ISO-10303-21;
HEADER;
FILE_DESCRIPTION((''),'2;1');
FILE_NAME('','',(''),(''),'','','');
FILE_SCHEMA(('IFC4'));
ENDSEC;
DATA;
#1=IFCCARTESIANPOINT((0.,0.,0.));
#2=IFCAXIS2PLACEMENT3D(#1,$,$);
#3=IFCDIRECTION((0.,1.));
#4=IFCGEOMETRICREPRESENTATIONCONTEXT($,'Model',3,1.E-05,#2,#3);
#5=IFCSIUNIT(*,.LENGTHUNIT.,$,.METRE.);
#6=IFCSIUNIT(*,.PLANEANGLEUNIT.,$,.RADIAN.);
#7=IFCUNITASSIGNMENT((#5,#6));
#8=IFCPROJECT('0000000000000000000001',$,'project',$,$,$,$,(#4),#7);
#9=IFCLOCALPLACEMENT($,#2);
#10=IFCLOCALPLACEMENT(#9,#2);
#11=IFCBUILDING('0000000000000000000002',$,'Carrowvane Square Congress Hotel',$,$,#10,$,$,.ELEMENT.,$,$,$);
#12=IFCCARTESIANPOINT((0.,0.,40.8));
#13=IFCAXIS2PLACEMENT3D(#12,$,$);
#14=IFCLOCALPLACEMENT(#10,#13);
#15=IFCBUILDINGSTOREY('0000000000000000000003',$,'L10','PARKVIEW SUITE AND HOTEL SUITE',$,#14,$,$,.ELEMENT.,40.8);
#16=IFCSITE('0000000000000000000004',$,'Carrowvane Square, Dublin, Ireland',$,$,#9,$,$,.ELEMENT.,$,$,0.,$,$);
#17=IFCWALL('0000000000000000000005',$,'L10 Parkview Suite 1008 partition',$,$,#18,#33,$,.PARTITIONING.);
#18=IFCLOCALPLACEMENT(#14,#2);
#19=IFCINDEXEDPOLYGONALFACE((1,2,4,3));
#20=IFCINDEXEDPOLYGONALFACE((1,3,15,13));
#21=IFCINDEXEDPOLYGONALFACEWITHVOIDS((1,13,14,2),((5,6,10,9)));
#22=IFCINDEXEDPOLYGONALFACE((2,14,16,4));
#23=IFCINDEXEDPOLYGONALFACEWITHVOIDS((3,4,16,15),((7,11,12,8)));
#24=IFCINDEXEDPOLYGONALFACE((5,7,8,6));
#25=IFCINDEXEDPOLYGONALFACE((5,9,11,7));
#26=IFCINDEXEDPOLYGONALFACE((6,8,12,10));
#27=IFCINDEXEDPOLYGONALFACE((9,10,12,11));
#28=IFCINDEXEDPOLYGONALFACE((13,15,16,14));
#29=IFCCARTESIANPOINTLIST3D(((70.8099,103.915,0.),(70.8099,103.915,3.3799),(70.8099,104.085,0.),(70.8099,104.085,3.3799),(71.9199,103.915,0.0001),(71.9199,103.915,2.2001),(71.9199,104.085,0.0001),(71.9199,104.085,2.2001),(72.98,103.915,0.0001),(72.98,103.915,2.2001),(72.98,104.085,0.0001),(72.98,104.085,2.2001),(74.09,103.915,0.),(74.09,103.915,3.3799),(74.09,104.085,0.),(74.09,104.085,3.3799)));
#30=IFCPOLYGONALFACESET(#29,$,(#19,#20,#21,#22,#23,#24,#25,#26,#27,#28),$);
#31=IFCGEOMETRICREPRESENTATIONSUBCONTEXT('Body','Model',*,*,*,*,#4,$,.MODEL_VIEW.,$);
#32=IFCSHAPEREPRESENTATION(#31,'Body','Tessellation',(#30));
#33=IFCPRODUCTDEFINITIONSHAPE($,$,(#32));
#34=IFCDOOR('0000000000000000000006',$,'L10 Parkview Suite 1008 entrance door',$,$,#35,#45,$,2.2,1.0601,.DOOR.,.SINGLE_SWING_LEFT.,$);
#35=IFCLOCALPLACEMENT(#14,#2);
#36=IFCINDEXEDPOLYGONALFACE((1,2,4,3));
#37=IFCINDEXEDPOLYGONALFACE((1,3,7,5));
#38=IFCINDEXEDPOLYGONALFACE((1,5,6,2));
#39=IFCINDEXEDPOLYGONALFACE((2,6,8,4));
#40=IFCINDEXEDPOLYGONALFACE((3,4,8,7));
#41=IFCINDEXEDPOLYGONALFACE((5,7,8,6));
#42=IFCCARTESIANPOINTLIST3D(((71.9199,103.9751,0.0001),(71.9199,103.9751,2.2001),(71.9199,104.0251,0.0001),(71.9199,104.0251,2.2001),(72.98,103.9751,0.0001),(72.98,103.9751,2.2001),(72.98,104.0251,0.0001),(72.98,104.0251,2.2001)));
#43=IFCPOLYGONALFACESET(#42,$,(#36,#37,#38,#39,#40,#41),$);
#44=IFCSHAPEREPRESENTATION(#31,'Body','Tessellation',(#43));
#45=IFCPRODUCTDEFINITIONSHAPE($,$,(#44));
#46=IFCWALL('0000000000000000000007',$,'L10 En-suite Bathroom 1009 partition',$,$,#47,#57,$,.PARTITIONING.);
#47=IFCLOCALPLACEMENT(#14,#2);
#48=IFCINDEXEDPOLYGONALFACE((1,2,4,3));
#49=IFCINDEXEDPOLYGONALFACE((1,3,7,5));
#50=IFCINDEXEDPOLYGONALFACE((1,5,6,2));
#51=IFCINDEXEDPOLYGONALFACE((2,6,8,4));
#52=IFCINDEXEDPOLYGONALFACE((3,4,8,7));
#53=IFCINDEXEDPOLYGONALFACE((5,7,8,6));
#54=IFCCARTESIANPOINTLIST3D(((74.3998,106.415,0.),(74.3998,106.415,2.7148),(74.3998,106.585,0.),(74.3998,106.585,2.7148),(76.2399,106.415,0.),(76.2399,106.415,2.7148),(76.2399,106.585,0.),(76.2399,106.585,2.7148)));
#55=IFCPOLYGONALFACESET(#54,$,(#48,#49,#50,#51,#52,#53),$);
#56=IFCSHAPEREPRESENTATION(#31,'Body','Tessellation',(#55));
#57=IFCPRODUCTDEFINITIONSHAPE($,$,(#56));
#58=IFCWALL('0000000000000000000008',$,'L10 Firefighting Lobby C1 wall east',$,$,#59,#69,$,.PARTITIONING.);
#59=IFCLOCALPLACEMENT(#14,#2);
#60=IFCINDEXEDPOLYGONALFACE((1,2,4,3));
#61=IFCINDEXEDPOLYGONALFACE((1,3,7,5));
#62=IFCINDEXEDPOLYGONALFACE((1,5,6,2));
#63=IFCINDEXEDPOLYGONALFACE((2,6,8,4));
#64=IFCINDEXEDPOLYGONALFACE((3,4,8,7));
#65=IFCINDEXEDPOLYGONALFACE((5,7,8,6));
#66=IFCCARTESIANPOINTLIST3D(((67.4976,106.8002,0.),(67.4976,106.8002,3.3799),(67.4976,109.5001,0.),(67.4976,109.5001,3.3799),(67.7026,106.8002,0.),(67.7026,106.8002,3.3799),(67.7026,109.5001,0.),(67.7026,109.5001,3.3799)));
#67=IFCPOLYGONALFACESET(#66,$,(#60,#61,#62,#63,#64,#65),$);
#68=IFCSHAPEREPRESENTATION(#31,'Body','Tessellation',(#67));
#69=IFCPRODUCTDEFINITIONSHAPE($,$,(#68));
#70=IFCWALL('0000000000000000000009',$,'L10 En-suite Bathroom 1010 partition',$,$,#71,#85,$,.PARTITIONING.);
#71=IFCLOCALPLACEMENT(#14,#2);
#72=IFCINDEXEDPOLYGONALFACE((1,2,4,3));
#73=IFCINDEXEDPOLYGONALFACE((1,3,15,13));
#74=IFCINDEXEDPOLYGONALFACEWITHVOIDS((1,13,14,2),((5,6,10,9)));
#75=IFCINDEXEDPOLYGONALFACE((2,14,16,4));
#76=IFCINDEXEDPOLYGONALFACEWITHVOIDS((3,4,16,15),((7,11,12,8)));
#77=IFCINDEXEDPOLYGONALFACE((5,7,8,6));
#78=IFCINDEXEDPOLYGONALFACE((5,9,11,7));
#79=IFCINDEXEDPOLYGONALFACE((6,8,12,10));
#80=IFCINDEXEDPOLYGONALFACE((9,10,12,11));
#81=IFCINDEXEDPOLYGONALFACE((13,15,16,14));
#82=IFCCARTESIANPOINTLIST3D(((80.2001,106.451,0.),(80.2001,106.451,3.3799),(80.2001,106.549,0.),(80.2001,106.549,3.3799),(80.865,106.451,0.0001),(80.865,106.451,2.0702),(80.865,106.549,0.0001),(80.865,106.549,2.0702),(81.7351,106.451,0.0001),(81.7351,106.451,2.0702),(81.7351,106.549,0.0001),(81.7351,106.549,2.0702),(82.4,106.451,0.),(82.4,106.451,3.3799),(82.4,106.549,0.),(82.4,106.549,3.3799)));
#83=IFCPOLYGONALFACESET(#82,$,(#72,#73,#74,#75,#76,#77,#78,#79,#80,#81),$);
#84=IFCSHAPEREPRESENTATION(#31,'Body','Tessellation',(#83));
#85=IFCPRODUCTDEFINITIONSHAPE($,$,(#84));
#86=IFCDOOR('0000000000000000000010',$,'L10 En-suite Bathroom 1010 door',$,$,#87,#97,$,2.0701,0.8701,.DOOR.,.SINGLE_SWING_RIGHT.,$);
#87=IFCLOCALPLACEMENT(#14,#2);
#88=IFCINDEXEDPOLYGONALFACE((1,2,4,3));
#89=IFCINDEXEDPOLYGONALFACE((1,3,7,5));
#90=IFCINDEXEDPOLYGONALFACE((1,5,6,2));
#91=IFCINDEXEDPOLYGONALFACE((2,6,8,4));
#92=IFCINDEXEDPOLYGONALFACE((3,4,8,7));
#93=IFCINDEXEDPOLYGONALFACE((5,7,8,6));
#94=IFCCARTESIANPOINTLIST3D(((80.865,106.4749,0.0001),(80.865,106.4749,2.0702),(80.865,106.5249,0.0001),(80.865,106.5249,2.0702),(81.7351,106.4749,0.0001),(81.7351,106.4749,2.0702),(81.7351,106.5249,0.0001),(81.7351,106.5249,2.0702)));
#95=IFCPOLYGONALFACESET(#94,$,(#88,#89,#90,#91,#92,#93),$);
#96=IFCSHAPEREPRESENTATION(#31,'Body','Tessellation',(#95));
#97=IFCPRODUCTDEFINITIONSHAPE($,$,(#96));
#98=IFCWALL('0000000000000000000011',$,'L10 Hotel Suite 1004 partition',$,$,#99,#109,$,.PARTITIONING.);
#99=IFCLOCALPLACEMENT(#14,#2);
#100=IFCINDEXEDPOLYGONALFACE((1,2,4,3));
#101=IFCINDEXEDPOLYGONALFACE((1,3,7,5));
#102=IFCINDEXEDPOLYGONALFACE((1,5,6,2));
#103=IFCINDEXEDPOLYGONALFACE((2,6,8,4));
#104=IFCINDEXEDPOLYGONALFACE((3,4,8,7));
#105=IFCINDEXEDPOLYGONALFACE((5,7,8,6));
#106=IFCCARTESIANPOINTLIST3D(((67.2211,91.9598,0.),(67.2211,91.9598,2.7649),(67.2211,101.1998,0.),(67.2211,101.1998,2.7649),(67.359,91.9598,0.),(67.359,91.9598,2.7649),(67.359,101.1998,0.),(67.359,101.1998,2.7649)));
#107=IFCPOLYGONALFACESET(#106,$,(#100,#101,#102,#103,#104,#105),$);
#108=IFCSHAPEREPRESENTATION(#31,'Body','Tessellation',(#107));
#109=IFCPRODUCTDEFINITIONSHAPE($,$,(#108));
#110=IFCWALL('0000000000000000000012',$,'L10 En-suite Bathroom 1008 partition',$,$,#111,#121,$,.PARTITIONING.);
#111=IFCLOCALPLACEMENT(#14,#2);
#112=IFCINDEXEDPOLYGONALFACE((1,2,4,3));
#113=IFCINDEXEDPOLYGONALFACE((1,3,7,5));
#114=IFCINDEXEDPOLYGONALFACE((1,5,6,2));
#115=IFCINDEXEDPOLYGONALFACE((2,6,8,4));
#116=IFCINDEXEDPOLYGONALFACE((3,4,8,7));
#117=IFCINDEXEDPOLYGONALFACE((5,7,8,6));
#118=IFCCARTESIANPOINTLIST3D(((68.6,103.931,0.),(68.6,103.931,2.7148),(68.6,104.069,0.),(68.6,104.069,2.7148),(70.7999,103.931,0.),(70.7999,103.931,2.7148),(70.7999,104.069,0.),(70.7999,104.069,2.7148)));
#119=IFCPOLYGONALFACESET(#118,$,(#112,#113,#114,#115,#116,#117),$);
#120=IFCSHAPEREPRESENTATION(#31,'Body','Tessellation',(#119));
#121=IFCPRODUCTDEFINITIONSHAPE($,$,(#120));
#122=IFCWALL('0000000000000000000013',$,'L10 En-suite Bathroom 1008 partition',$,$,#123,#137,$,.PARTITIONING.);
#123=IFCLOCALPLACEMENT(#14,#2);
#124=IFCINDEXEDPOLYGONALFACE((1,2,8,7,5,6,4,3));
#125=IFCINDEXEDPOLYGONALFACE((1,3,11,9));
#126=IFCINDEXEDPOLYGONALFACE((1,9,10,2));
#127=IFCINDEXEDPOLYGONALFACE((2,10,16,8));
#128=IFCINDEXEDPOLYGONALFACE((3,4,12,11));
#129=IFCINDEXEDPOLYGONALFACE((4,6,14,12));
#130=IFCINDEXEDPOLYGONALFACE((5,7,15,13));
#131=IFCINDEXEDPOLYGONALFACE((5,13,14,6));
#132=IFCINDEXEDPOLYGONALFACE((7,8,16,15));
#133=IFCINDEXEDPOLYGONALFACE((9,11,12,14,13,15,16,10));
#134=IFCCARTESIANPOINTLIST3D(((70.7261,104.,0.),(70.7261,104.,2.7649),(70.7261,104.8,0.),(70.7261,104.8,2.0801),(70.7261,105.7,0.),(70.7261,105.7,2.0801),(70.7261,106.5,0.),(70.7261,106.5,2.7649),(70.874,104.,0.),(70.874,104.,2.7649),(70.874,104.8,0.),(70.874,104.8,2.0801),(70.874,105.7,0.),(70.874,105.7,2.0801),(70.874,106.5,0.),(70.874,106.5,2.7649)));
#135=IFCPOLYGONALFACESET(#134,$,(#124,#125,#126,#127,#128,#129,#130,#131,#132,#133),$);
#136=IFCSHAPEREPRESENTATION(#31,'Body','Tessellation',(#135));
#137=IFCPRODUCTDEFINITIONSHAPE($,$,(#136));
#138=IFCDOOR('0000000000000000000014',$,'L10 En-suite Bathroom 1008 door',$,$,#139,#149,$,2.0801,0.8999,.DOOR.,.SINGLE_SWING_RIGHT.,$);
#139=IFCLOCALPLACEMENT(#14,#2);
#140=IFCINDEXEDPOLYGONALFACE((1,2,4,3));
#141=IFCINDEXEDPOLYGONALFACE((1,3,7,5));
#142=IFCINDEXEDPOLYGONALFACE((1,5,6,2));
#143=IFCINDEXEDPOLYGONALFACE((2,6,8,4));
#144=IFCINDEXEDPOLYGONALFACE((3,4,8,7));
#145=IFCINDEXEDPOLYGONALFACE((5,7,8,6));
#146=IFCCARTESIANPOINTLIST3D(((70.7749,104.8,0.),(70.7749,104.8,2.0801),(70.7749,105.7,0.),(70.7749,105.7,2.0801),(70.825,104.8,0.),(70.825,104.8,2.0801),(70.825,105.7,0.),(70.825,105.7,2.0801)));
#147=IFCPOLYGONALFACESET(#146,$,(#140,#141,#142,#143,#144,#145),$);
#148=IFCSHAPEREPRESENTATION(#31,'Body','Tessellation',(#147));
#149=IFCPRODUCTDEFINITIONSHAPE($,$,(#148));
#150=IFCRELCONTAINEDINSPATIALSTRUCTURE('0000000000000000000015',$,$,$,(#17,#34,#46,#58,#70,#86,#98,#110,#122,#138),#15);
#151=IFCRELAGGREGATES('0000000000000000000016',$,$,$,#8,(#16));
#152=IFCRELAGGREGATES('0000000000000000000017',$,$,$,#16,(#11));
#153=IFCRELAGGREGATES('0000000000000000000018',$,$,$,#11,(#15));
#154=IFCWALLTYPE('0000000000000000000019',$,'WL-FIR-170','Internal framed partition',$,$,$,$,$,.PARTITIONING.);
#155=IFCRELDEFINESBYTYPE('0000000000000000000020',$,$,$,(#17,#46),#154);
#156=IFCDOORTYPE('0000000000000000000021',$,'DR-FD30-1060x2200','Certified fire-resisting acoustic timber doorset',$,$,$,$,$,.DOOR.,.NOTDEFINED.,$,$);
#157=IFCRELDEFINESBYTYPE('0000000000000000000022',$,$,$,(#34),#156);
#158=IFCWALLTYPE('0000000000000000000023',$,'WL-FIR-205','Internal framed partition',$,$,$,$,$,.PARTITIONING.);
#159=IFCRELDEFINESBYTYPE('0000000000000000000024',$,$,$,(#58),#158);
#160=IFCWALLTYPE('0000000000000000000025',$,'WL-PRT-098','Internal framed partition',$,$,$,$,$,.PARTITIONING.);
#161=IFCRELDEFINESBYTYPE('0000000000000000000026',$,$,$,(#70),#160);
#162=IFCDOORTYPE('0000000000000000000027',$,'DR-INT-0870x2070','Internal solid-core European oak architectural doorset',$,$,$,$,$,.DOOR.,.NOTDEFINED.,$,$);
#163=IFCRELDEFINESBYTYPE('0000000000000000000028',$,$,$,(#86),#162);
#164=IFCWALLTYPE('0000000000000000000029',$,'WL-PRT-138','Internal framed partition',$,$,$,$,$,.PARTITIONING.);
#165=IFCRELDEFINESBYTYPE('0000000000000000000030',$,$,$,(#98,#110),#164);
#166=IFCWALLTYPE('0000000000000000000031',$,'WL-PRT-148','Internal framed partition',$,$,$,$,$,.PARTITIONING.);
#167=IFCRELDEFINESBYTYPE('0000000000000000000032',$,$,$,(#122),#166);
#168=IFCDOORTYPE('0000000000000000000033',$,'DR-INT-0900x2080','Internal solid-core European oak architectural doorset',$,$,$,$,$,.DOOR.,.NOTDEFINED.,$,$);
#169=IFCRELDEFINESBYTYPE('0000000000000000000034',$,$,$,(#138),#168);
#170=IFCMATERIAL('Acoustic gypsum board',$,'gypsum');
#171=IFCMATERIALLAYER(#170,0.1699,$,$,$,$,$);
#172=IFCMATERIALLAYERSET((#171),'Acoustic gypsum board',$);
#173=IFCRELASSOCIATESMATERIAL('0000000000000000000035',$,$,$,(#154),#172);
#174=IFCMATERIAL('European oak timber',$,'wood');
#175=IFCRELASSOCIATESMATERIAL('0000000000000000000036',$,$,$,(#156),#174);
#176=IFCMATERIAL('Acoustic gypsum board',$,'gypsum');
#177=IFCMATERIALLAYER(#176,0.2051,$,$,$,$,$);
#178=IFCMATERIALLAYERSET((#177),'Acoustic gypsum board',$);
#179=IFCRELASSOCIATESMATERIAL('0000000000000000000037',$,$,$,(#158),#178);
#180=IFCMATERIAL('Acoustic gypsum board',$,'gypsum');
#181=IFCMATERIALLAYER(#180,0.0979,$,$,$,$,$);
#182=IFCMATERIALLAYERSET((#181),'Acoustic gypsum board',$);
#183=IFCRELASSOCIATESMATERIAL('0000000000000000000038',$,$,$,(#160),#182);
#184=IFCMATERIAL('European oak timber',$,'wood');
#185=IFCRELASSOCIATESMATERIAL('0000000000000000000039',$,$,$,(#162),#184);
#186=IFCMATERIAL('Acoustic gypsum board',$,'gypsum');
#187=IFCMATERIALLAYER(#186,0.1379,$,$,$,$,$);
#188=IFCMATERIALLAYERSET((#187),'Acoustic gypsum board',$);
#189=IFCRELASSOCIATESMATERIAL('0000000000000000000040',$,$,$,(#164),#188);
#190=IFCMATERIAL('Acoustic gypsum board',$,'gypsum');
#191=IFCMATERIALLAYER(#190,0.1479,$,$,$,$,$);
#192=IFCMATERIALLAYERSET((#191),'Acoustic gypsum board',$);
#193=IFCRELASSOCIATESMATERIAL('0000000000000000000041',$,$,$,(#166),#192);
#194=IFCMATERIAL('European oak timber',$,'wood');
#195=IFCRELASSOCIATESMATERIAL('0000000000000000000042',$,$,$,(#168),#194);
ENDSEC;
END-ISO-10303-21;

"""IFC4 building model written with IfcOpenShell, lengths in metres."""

from ifc_helpers import new_model, si_unit, direction, frame, frame_2d, origin, place, context, subcontext, project, spatial, rectangle, extrude, material, layer, layer_set, type_object, element, fill, save


model = new_model("IFC4")

# Units and contexts
model_context = context("Model", 3, precision=1e-05, world=origin(), true_north=direction((0.0, 1.0)))
body_context = subcontext(model_context, "Body", "Model", "MODEL_VIEW")
ifc_project = project(units=[si_unit("LENGTHUNIT", "METRE"), si_unit("PLANEANGLEUNIT", "RADIAN")], contexts=[model_context])

# Site, building, storey
site_placement = place(None, origin())
site = spatial("IfcSite", under=ifc_project, at=site_placement, Name="Carrowvane Square, Dublin, Ireland", CompositionType="ELEMENT", RefElevation=0.0)
building_placement = place(site_placement, origin())
building = spatial("IfcBuilding", under=site, at=building_placement, Name="Carrowvane Square Congress Hotel", CompositionType="ELEMENT")
storey_placement = place(building_placement, frame((0.0, 0.0, 40.8)))
storey = spatial("IfcBuildingStorey", under=building, at=storey_placement, Name="L10", Description="PARKVIEW SUITE AND HOTEL SUITE", CompositionType="ELEMENT", Elevation=40.8)

# Shared definitions
ifc_material_1 = material(Name="Acoustic gypsum board", Category="gypsum")
ifc_layer_1 = layer(ifc_material_1, 0.1699)
ifc_layer_set_1 = layer_set([ifc_layer_1], Name="Acoustic gypsum board")
wall_type_1 = type_object("IfcWallType", Name="WL-FIR-170", Description="Internal framed partition", PredefinedType="PARTITIONING", material=ifc_layer_set_1)

# Wall, opening, door
wall_1_placement = place(storey_placement, frame((74.0901, 104.0, 0.0), z_axis=(0.0, 0.0, 1.0), x_axis=(-1.0, 0.0, 0.0)))
wall_1 = element("IfcWall", 1, at=wall_1_placement, inside=storey, type_object=wall_type_1, Name="L10 Parkview Suite 1008 partition", PredefinedType="PARTITIONING", context=body_context, shape_type="SweptSolid", body=[
    extrude(rectangle(XDim=3.28, YDim=0.1699, at=frame_2d((1.6401, 0.0))), origin(), (0.0, 0.0, 1.0), 3.3799),
])
opening_1_placement = place(wall_1_placement, frame((1.1101, 0.0, 0.0)))
opening_1 = element("IfcOpeningElement", 2, at=opening_1_placement, cuts=wall_1, PredefinedType="OPENING", context=body_context, shape_type="SweptSolid", body=[
    extrude(rectangle(XDim=1.0601, YDim=2.2, at=frame_2d((0.53, 1.1001))), frame((0.0, 0.095, 0.0), z_axis=(0.0, -1.0, 0.0), x_axis=(1.0, 0.0, 0.0)), (0.0, 0.0, 1.0), 0.1899),
])
ifc_material_2 = material(Name="European oak timber", Category="wood")
door_type_1 = type_object("IfcDoorType", Name="DR-FD30-1060x2200", Description="Certified fire-resisting acoustic timber doorset", OperationType="NOTDEFINED", PredefinedType="DOOR", material=ifc_material_2)
door_1_placement = place(opening_1_placement, origin())
door_1 = element("IfcDoor", 3, at=door_1_placement, inside=storey, type_object=door_type_1, Name="L10 Parkview Suite 1008 entrance door", OperationType="SINGLE_SWING_LEFT", OverallHeight=2.2, OverallWidth=1.0601, PredefinedType="DOOR", context=body_context, shape_type="SweptSolid", body=[
    extrude(rectangle(XDim=1.0601, YDim=2.2, at=frame_2d((0.53, 1.1001))), frame((0.0, 0.0249, 0.0), z_axis=(0.0, -1.0, 0.0), x_axis=(1.0, 0.0, 0.0)), (0.0, 0.0, 1.0), 0.05),
])
fill(opening_1, door_1)

# Walls
wall_2_placement = place(storey_placement, frame((74.3999, 106.5, 0.0), z_axis=(0.0, 0.0, 1.0), x_axis=(1.0, 0.0, 0.0)))
element("IfcWall", 4, at=wall_2_placement, inside=storey, type_object=wall_type_1, Name="L10 En-suite Bathroom 1009 partition", PredefinedType="PARTITIONING", context=body_context, shape_type="SweptSolid", body=[
    extrude(rectangle(XDim=1.8401, YDim=0.1699, at=frame_2d((0.9199, 0.0))), origin(), (0.0, 0.0, 1.0), 2.7148),
])
ifc_material_3 = material(Name="Acoustic gypsum board", Category="gypsum")
ifc_layer_2 = layer(ifc_material_3, 0.2051)
ifc_layer_set_2 = layer_set([ifc_layer_2], Name="Acoustic gypsum board")
wall_type_2 = type_object("IfcWallType", Name="WL-FIR-205", Description="Internal framed partition", PredefinedType="PARTITIONING", material=ifc_layer_set_2)
wall_3_placement = place(storey_placement, frame((67.6001, 106.8, 0.0), z_axis=(0.0, 0.0, 1.0), x_axis=(0.0, 1.0, 0.0)))
element("IfcWall", 5, at=wall_3_placement, inside=storey, type_object=wall_type_2, Name="L10 Firefighting Lobby C1 wall east", PredefinedType="PARTITIONING", context=body_context, shape_type="SweptSolid", body=[
    extrude(rectangle(XDim=2.7, YDim=0.2051, at=frame_2d((1.3501, 0.0))), origin(), (0.0, 0.0, 1.0), 3.3799),
])

# Wall, opening, door
ifc_material_4 = material(Name="Acoustic gypsum board", Category="gypsum")
ifc_layer_3 = layer(ifc_material_4, 0.0979)
ifc_layer_set_3 = layer_set([ifc_layer_3], Name="Acoustic gypsum board")
wall_type_3 = type_object("IfcWallType", Name="WL-PRT-098", Description="Internal framed partition", PredefinedType="PARTITIONING", material=ifc_layer_set_3)
wall_4_placement = place(storey_placement, frame((80.2, 106.5, 0.0), z_axis=(0.0, 0.0, 1.0), x_axis=(1.0, 0.0, 0.0)))
wall_4 = element("IfcWall", 6, at=wall_4_placement, inside=storey, type_object=wall_type_3, Name="L10 En-suite Bathroom 1010 partition", PredefinedType="PARTITIONING", context=body_context, shape_type="SweptSolid", body=[
    extrude(rectangle(XDim=2.2, YDim=0.0979, at=frame_2d((1.1001, 0.0))), origin(), (0.0, 0.0, 1.0), 3.3799),
])
opening_2_placement = place(wall_4_placement, frame((0.665, 0.0, 0.0)))
opening_2 = element("IfcOpeningElement", 7, at=opening_2_placement, cuts=wall_4, PredefinedType="OPENING", context=body_context, shape_type="SweptSolid", body=[
    extrude(rectangle(XDim=0.8701, YDim=2.0701, at=frame_2d((0.4351, 1.0352))), frame((0.0, 0.0588, 0.0), z_axis=(0.0, -1.0, 0.0), x_axis=(1.0, 0.0, 0.0)), (0.0, 0.0, 1.0), 0.1179),
])
ifc_material_5 = material(Name="European oak timber", Category="wood")
door_type_2 = type_object("IfcDoorType", Name="DR-INT-0870x2070", Description="Internal solid-core European oak architectural doorset", OperationType="NOTDEFINED", PredefinedType="DOOR", material=ifc_material_5)
door_2_placement = place(opening_2_placement, origin())
door_2 = element("IfcDoor", 8, at=door_2_placement, inside=storey, type_object=door_type_2, Name="L10 En-suite Bathroom 1010 door", OperationType="SINGLE_SWING_RIGHT", OverallHeight=2.0701, OverallWidth=0.8701, PredefinedType="DOOR", context=body_context, shape_type="SweptSolid", body=[
    extrude(rectangle(XDim=0.8701, YDim=2.0701, at=frame_2d((0.4351, 1.0352))), frame((0.0, 0.0249, 0.0), z_axis=(0.0, -1.0, 0.0), x_axis=(1.0, 0.0, 0.0)), (0.0, 0.0, 1.0), 0.05),
])
fill(opening_2, door_2)

# Walls
ifc_material_6 = material(Name="Acoustic gypsum board", Category="gypsum")
ifc_layer_4 = layer(ifc_material_6, 0.1379)
ifc_layer_set_4 = layer_set([ifc_layer_4], Name="Acoustic gypsum board")
wall_type_4 = type_object("IfcWallType", Name="WL-PRT-138", Description="Internal framed partition", PredefinedType="PARTITIONING", material=ifc_layer_set_4)
wall_5_placement = place(storey_placement, frame((67.29, 101.2, 0.0), z_axis=(0.0, 0.0, 1.0), x_axis=(0.0, -1.0, 0.0)))
element("IfcWall", 9, at=wall_5_placement, inside=storey, type_object=wall_type_4, Name="L10 Hotel Suite 1004 partition", PredefinedType="PARTITIONING", context=body_context, shape_type="SweptSolid", body=[
    extrude(rectangle(XDim=9.24, YDim=0.1379, at=frame_2d((4.6201, 0.0))), origin(), (0.0, 0.0, 1.0), 2.7649),
])
wall_6_placement = place(storey_placement, frame((70.8, 104.0, 0.0), z_axis=(0.0, 0.0, 1.0), x_axis=(-1.0, 0.0, 0.0)))
element("IfcWall", 10, at=wall_6_placement, inside=storey, type_object=wall_type_4, Name="L10 En-suite Bathroom 1008 partition", PredefinedType="PARTITIONING", context=body_context, shape_type="SweptSolid", body=[
    extrude(rectangle(XDim=2.2, YDim=0.1379, at=frame_2d((1.1001, 0.0))), origin(), (0.0, 0.0, 1.0), 2.7148),
])

# Wall, opening, door
ifc_material_7 = material(Name="Acoustic gypsum board", Category="gypsum")
ifc_layer_5 = layer(ifc_material_7, 0.1479)
ifc_layer_set_5 = layer_set([ifc_layer_5], Name="Acoustic gypsum board")
wall_type_5 = type_object("IfcWallType", Name="WL-PRT-148", Description="Internal framed partition", PredefinedType="PARTITIONING", material=ifc_layer_set_5)
wall_7_placement = place(storey_placement, frame((70.8, 106.5, 0.0), z_axis=(0.0, 0.0, 1.0), x_axis=(0.0, -1.0, 0.0)))
wall_7 = element("IfcWall", 11, at=wall_7_placement, inside=storey, type_object=wall_type_5, Name="L10 En-suite Bathroom 1008 partition", PredefinedType="PARTITIONING", context=body_context, shape_type="SweptSolid", body=[
    extrude(rectangle(XDim=2.5, YDim=0.1479, at=frame_2d((1.25, 0.0))), origin(), (0.0, 0.0, 1.0), 2.7649),
])
opening_3_placement = place(wall_7_placement, frame((0.8, 0.0, 0.0)))
opening_3 = element("IfcOpeningElement", 12, at=opening_3_placement, cuts=wall_7, PredefinedType="OPENING", context=body_context, shape_type="SweptSolid", body=[
    extrude(rectangle(XDim=0.8999, YDim=2.0801, at=frame_2d((0.45, 1.04))), frame((0.0, 0.084, 0.0), z_axis=(0.0, -1.0, 0.0), x_axis=(1.0, 0.0, 0.0)), (0.0, 0.0, 1.0), 0.168),
])
ifc_material_8 = material(Name="European oak timber", Category="wood")
door_type_3 = type_object("IfcDoorType", Name="DR-INT-0900x2080", Description="Internal solid-core European oak architectural doorset", OperationType="NOTDEFINED", PredefinedType="DOOR", material=ifc_material_8)
door_3_placement = place(opening_3_placement, origin())
door_3 = element("IfcDoor", 13, at=door_3_placement, inside=storey, type_object=door_type_3, Name="L10 En-suite Bathroom 1008 door", OperationType="SINGLE_SWING_RIGHT", OverallHeight=2.0801, OverallWidth=0.8999, PredefinedType="DOOR", context=body_context, shape_type="SweptSolid", body=[
    extrude(rectangle(XDim=0.8999, YDim=2.0801, at=frame_2d((0.45, 1.04))), frame((0.0, 0.0249, 0.0), z_axis=(0.0, -1.0, 0.0), x_axis=(1.0, 0.0, 0.0)), (0.0, 0.0, 1.0), 0.05),
])
fill(opening_3, door_3)

save(model, "model.ifc")
